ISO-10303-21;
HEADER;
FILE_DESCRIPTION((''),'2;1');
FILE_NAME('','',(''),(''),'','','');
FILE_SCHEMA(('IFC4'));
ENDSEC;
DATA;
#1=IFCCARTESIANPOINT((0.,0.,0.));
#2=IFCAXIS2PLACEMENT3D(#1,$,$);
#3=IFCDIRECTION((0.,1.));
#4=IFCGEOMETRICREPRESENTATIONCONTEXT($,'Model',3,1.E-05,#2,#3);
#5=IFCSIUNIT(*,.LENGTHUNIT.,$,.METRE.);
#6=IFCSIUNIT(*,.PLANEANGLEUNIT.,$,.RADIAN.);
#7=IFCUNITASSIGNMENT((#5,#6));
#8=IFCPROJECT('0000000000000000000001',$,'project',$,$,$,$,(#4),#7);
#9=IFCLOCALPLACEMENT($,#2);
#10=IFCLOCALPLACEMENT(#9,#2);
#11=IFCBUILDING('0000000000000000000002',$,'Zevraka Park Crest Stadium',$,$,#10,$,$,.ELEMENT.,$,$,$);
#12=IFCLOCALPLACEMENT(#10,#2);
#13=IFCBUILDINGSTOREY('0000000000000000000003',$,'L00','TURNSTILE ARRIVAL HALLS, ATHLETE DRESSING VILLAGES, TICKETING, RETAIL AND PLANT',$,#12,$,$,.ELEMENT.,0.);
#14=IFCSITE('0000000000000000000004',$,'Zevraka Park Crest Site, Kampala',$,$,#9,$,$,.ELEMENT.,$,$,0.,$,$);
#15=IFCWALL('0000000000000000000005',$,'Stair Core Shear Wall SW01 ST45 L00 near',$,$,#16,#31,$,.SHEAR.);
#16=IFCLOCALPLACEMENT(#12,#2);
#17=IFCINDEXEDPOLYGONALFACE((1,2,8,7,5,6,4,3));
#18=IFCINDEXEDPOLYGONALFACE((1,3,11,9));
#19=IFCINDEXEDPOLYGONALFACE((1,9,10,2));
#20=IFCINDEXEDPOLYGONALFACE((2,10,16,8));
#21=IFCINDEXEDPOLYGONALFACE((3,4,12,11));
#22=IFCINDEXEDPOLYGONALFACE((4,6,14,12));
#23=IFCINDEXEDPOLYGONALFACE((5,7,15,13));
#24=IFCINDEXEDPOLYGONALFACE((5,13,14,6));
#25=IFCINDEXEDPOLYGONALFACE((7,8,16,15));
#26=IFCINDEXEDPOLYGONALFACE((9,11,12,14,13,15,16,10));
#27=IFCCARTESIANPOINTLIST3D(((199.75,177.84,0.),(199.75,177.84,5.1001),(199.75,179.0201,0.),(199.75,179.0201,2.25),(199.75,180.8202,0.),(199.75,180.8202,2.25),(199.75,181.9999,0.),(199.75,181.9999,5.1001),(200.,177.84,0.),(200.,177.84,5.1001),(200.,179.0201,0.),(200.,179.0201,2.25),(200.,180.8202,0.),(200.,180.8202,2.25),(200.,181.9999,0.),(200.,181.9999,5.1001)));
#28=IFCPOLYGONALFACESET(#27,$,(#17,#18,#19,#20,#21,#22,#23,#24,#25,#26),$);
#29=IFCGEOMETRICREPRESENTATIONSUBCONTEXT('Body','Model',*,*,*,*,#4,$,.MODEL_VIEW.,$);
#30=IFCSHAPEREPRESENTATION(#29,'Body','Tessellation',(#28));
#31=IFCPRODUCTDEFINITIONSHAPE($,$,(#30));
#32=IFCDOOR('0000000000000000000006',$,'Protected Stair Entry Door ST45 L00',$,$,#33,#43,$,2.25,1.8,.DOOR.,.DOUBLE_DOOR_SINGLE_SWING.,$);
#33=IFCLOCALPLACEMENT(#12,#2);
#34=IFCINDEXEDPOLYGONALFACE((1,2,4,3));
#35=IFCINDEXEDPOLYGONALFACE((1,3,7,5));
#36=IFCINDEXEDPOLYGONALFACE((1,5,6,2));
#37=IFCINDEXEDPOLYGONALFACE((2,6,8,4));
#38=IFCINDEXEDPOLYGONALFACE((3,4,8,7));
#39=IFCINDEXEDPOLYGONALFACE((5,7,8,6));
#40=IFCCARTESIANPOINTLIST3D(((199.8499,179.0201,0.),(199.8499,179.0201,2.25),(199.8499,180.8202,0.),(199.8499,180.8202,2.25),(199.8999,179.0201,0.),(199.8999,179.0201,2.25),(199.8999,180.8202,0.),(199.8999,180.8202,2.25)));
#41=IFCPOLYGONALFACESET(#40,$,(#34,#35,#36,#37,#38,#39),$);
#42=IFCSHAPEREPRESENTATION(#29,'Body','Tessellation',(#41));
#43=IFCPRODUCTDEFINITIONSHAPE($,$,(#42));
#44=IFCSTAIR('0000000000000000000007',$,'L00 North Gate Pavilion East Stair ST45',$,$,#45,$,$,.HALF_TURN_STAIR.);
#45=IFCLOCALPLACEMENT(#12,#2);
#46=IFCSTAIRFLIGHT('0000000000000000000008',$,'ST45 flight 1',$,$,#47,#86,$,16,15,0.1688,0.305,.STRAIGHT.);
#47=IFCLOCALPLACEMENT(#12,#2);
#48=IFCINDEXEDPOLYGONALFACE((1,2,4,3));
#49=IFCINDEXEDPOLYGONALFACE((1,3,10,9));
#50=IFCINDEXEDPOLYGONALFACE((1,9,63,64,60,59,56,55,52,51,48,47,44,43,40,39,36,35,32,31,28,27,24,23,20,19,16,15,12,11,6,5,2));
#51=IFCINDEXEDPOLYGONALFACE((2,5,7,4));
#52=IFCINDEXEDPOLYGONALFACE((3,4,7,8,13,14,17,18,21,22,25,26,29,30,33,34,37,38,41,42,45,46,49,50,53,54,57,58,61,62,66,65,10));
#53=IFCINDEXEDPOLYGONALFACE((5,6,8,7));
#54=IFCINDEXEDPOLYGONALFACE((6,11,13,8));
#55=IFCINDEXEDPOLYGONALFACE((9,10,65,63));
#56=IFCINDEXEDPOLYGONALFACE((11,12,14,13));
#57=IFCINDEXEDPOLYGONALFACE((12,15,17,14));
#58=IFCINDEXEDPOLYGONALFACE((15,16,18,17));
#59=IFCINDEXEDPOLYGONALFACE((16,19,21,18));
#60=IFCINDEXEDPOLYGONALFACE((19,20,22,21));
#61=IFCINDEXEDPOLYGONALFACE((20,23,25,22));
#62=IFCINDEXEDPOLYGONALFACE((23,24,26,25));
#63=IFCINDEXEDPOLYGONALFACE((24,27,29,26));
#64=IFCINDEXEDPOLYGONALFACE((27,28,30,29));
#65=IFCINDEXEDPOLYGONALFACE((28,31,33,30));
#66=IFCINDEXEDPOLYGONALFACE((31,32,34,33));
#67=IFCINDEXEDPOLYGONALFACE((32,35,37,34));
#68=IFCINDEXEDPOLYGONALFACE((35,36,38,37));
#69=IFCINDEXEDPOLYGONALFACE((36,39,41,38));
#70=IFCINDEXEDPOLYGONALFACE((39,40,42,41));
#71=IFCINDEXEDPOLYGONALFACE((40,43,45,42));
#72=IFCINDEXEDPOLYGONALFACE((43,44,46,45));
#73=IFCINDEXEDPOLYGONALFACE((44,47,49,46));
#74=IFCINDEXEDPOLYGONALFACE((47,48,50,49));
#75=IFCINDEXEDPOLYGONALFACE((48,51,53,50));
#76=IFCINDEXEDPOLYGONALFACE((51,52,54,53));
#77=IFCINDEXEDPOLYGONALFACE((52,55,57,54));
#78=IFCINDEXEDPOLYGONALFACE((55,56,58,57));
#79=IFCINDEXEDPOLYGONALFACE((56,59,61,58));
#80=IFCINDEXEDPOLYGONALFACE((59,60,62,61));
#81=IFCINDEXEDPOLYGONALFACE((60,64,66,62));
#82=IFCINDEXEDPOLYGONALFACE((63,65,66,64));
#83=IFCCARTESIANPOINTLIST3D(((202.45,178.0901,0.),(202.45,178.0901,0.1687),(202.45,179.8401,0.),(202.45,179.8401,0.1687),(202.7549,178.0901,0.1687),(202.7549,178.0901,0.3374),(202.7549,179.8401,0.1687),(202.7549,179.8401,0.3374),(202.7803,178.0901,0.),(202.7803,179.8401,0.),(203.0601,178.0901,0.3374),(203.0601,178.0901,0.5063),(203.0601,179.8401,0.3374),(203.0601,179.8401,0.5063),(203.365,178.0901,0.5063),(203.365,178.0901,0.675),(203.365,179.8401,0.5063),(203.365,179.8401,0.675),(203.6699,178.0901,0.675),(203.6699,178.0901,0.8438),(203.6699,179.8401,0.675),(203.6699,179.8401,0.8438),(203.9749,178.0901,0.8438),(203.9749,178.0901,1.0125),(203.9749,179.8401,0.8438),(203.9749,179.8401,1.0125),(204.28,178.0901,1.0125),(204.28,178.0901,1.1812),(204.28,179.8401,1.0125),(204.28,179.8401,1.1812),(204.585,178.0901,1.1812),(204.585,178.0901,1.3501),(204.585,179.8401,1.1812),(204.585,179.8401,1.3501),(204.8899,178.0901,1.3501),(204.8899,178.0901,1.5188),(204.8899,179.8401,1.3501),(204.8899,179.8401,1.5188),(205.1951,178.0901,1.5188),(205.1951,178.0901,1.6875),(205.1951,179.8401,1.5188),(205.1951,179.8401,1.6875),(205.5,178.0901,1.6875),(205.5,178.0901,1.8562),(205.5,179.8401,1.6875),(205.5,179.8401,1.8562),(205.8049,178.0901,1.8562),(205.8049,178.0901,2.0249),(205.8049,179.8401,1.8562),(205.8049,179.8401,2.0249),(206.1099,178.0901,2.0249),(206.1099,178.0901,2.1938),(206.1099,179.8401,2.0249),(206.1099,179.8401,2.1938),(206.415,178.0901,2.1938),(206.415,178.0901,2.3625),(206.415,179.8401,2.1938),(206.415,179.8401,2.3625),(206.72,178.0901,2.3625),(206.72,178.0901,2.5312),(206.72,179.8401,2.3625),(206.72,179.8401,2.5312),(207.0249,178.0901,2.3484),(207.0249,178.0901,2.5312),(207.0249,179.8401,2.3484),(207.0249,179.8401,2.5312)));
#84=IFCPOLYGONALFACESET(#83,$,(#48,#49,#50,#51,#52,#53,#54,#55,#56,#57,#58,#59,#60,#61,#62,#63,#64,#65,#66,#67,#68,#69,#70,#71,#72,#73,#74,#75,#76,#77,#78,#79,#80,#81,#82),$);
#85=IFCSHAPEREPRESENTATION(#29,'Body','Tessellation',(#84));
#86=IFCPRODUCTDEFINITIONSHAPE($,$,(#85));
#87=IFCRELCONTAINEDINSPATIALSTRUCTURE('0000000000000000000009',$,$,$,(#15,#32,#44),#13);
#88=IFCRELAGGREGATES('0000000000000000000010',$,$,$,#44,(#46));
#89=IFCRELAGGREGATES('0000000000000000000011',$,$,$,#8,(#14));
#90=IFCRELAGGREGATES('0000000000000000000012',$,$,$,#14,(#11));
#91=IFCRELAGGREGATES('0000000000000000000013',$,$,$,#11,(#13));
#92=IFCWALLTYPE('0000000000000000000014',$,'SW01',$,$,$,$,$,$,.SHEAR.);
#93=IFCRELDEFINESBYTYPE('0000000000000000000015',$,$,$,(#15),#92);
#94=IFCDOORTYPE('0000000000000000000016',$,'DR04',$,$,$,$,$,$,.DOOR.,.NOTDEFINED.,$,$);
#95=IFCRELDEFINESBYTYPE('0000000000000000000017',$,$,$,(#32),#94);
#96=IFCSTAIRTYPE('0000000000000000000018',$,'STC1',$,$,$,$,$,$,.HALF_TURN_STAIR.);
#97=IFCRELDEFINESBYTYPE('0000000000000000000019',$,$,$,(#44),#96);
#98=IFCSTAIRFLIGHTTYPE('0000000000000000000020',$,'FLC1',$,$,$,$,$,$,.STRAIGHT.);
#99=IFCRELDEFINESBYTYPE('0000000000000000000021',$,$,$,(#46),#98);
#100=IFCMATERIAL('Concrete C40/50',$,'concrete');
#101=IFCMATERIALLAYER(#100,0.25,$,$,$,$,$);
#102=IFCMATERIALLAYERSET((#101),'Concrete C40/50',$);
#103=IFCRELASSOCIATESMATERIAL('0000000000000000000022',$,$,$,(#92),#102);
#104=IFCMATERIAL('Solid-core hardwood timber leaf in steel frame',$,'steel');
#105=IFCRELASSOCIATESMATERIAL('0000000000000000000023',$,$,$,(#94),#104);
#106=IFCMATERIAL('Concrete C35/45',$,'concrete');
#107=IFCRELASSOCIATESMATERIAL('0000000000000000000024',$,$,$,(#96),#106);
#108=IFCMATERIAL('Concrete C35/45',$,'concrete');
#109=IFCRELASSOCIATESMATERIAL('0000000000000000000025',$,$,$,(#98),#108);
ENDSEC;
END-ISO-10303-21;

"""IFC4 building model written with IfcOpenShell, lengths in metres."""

from ifc_helpers import new_model, si_unit, direction, frame, frame_2d, origin, place, context, subcontext, project, spatial, polyline, rectangle, outline, extrude, material, layer, layer_set, type_object, element, fill, aggregate, save


model = new_model("IFC4")

# Units and contexts
model_context = context("Model", 3, precision=1e-05, world=origin(), true_north=direction((0.0, 1.0)))
body_context = subcontext(model_context, "Body", "Model", "MODEL_VIEW")
ifc_project = project(units=[si_unit("LENGTHUNIT", "METRE"), si_unit("PLANEANGLEUNIT", "RADIAN")], contexts=[model_context])

# Site, building, storey
site_placement = place(None, origin())
site = spatial("IfcSite", under=ifc_project, at=site_placement, Name="Zevraka Park Crest Site, Kampala", CompositionType="ELEMENT", RefElevation=0.0)
building_placement = place(site_placement, origin())
building = spatial("IfcBuilding", under=site, at=building_placement, Name="Zevraka Park Crest Stadium", CompositionType="ELEMENT")
storey_placement = place(building_placement, origin())
storey = spatial("IfcBuildingStorey", under=building, at=storey_placement, Name="L00", Description="TURNSTILE ARRIVAL HALLS, ATHLETE DRESSING VILLAGES, TICKETING, RETAIL AND PLANT", CompositionType="ELEMENT", Elevation=0.0)

# Shared definitions
ifc_material_1 = material(Name="Concrete C40/50", Category="concrete")
ifc_layer_1 = layer(ifc_material_1, 0.25)
ifc_layer_set_1 = layer_set([ifc_layer_1], Name="Concrete C40/50")
wall_type_1 = type_object("IfcWallType", Name="SW01", PredefinedType="SHEAR", material=ifc_layer_set_1)

# Wall, opening, door
wall_1_placement = place(storey_placement, frame((199.875, 182.0, 0.0), z_axis=(0.0, 0.0, 1.0), x_axis=(0.0, -1.0, 0.0)))
wall_1 = element("IfcWall", 1, at=wall_1_placement, inside=storey, type_object=wall_type_1, Name="Stair Core Shear Wall SW01 ST45 L00 near", PredefinedType="SHEAR", context=body_context, shape_type="SweptSolid", body=[
    extrude(rectangle(XDim=4.1599, YDim=0.25, at=frame_2d((2.0801, 0.0))), origin(), (0.0, 0.0, 1.0), 5.1001),
])
opening_1_placement = place(wall_1_placement, frame((1.1799, 0.0, 0.0)))
opening_1 = element("IfcOpeningElement", 2, at=opening_1_placement, cuts=wall_1, PredefinedType="OPENING", context=body_context, shape_type="SweptSolid", body=[
    extrude(rectangle(XDim=1.8, YDim=2.25, at=frame_2d((0.8999, 1.125))), frame((0.0, 0.135, 0.0), z_axis=(0.0, -1.0, 0.0), x_axis=(1.0, 0.0, 0.0)), (0.0, 0.0, 1.0), 0.27),
])
ifc_material_2 = material(Name="Solid-core hardwood timber leaf in steel frame", Category="steel")
door_type_1 = type_object("IfcDoorType", Name="DR04", OperationType="NOTDEFINED", PredefinedType="DOOR", material=ifc_material_2)
door_1_placement = place(opening_1_placement, origin())
door_1 = element("IfcDoor", 3, at=door_1_placement, inside=storey, type_object=door_type_1, Name="Protected Stair Entry Door ST45 L00", OperationType="DOUBLE_DOOR_SINGLE_SWING", OverallHeight=2.25, OverallWidth=1.8, PredefinedType="DOOR", context=body_context, shape_type="SweptSolid", body=[
    extrude(rectangle(XDim=1.8, YDim=2.25, at=frame_2d((0.8999, 1.125))), frame((0.0, 0.0249, 0.0), z_axis=(0.0, -1.0, 0.0), x_axis=(1.0, 0.0, 0.0)), (0.0, 0.0, 1.0), 0.05),
])
fill(opening_1, door_1)

# Stair, stair flight
ifc_material_3 = material(Name="Concrete C35/45", Category="concrete")
stair_type = type_object("IfcStairType", Name="STC1", PredefinedType="HALF_TURN_STAIR", material=ifc_material_3)
stair_placement = place(storey_placement, origin())
stair = element("IfcStair", 4, at=stair_placement, inside=storey, type_object=stair_type, Name="L00 North Gate Pavilion East Stair ST45", PredefinedType="HALF_TURN_STAIR")
ifc_material_4 = material(Name="Concrete C35/45", Category="concrete")
stair_flight_type = type_object("IfcStairFlightType", Name="FLC1", PredefinedType="STRAIGHT", material=ifc_material_4)
stair_flight_placement = place(storey_placement, frame((202.45, 178.9651, 0.0), z_axis=(0.0, 0.0, 1.0), x_axis=(1.0, 0.0, 0.0)))
stair_flight = element("IfcStairFlight", 5, at=stair_flight_placement, type_object=stair_flight_type, Name="ST45 flight 1", NumberOfRisers=16, NumberOfTreads=15, PredefinedType="STRAIGHT", RiserHeight=0.1688, TreadLength=0.305, context=body_context, shape_type="SweptSolid", body=[
    extrude(outline(polyline([(0.0, 0.0), (0.0, 0.1687), (0.3049, 0.1687), (0.3049, 0.3374), (0.6101, 0.3374), (0.6101, 0.5063), (0.915, 0.5063), (0.915, 0.675), (1.22, 0.675), (1.22, 0.8438), (1.5249, 0.8438), (1.5249, 1.0125), (1.8301, 1.0125), (1.8301, 1.1812), (2.135, 1.1812), (2.135, 1.3501), (2.4399, 1.3501), (2.4399, 1.5188), (2.7451, 1.5188), (2.7451, 1.6875), (3.05, 1.6875), (3.05, 1.8562), (3.355, 1.8562), (3.355, 2.0249), (3.6599, 2.0249), (3.6599, 2.1938), (3.9651, 2.1938), (3.9651, 2.3625), (4.27, 2.3625), (4.27, 2.5312), (4.575, 2.5312), (4.575, 2.7), (4.575, 2.3484), (0.3303, 0.0), (0.0, 0.0)])), frame((0.0, 0.875, 0.0), z_axis=(0.0, -1.0, 0.0), x_axis=(1.0, 0.0, 0.0)), (0.0, 0.0, 1.0), 1.75),
])
aggregate(stair, [stair_flight])

save(model, "model.ifc")
